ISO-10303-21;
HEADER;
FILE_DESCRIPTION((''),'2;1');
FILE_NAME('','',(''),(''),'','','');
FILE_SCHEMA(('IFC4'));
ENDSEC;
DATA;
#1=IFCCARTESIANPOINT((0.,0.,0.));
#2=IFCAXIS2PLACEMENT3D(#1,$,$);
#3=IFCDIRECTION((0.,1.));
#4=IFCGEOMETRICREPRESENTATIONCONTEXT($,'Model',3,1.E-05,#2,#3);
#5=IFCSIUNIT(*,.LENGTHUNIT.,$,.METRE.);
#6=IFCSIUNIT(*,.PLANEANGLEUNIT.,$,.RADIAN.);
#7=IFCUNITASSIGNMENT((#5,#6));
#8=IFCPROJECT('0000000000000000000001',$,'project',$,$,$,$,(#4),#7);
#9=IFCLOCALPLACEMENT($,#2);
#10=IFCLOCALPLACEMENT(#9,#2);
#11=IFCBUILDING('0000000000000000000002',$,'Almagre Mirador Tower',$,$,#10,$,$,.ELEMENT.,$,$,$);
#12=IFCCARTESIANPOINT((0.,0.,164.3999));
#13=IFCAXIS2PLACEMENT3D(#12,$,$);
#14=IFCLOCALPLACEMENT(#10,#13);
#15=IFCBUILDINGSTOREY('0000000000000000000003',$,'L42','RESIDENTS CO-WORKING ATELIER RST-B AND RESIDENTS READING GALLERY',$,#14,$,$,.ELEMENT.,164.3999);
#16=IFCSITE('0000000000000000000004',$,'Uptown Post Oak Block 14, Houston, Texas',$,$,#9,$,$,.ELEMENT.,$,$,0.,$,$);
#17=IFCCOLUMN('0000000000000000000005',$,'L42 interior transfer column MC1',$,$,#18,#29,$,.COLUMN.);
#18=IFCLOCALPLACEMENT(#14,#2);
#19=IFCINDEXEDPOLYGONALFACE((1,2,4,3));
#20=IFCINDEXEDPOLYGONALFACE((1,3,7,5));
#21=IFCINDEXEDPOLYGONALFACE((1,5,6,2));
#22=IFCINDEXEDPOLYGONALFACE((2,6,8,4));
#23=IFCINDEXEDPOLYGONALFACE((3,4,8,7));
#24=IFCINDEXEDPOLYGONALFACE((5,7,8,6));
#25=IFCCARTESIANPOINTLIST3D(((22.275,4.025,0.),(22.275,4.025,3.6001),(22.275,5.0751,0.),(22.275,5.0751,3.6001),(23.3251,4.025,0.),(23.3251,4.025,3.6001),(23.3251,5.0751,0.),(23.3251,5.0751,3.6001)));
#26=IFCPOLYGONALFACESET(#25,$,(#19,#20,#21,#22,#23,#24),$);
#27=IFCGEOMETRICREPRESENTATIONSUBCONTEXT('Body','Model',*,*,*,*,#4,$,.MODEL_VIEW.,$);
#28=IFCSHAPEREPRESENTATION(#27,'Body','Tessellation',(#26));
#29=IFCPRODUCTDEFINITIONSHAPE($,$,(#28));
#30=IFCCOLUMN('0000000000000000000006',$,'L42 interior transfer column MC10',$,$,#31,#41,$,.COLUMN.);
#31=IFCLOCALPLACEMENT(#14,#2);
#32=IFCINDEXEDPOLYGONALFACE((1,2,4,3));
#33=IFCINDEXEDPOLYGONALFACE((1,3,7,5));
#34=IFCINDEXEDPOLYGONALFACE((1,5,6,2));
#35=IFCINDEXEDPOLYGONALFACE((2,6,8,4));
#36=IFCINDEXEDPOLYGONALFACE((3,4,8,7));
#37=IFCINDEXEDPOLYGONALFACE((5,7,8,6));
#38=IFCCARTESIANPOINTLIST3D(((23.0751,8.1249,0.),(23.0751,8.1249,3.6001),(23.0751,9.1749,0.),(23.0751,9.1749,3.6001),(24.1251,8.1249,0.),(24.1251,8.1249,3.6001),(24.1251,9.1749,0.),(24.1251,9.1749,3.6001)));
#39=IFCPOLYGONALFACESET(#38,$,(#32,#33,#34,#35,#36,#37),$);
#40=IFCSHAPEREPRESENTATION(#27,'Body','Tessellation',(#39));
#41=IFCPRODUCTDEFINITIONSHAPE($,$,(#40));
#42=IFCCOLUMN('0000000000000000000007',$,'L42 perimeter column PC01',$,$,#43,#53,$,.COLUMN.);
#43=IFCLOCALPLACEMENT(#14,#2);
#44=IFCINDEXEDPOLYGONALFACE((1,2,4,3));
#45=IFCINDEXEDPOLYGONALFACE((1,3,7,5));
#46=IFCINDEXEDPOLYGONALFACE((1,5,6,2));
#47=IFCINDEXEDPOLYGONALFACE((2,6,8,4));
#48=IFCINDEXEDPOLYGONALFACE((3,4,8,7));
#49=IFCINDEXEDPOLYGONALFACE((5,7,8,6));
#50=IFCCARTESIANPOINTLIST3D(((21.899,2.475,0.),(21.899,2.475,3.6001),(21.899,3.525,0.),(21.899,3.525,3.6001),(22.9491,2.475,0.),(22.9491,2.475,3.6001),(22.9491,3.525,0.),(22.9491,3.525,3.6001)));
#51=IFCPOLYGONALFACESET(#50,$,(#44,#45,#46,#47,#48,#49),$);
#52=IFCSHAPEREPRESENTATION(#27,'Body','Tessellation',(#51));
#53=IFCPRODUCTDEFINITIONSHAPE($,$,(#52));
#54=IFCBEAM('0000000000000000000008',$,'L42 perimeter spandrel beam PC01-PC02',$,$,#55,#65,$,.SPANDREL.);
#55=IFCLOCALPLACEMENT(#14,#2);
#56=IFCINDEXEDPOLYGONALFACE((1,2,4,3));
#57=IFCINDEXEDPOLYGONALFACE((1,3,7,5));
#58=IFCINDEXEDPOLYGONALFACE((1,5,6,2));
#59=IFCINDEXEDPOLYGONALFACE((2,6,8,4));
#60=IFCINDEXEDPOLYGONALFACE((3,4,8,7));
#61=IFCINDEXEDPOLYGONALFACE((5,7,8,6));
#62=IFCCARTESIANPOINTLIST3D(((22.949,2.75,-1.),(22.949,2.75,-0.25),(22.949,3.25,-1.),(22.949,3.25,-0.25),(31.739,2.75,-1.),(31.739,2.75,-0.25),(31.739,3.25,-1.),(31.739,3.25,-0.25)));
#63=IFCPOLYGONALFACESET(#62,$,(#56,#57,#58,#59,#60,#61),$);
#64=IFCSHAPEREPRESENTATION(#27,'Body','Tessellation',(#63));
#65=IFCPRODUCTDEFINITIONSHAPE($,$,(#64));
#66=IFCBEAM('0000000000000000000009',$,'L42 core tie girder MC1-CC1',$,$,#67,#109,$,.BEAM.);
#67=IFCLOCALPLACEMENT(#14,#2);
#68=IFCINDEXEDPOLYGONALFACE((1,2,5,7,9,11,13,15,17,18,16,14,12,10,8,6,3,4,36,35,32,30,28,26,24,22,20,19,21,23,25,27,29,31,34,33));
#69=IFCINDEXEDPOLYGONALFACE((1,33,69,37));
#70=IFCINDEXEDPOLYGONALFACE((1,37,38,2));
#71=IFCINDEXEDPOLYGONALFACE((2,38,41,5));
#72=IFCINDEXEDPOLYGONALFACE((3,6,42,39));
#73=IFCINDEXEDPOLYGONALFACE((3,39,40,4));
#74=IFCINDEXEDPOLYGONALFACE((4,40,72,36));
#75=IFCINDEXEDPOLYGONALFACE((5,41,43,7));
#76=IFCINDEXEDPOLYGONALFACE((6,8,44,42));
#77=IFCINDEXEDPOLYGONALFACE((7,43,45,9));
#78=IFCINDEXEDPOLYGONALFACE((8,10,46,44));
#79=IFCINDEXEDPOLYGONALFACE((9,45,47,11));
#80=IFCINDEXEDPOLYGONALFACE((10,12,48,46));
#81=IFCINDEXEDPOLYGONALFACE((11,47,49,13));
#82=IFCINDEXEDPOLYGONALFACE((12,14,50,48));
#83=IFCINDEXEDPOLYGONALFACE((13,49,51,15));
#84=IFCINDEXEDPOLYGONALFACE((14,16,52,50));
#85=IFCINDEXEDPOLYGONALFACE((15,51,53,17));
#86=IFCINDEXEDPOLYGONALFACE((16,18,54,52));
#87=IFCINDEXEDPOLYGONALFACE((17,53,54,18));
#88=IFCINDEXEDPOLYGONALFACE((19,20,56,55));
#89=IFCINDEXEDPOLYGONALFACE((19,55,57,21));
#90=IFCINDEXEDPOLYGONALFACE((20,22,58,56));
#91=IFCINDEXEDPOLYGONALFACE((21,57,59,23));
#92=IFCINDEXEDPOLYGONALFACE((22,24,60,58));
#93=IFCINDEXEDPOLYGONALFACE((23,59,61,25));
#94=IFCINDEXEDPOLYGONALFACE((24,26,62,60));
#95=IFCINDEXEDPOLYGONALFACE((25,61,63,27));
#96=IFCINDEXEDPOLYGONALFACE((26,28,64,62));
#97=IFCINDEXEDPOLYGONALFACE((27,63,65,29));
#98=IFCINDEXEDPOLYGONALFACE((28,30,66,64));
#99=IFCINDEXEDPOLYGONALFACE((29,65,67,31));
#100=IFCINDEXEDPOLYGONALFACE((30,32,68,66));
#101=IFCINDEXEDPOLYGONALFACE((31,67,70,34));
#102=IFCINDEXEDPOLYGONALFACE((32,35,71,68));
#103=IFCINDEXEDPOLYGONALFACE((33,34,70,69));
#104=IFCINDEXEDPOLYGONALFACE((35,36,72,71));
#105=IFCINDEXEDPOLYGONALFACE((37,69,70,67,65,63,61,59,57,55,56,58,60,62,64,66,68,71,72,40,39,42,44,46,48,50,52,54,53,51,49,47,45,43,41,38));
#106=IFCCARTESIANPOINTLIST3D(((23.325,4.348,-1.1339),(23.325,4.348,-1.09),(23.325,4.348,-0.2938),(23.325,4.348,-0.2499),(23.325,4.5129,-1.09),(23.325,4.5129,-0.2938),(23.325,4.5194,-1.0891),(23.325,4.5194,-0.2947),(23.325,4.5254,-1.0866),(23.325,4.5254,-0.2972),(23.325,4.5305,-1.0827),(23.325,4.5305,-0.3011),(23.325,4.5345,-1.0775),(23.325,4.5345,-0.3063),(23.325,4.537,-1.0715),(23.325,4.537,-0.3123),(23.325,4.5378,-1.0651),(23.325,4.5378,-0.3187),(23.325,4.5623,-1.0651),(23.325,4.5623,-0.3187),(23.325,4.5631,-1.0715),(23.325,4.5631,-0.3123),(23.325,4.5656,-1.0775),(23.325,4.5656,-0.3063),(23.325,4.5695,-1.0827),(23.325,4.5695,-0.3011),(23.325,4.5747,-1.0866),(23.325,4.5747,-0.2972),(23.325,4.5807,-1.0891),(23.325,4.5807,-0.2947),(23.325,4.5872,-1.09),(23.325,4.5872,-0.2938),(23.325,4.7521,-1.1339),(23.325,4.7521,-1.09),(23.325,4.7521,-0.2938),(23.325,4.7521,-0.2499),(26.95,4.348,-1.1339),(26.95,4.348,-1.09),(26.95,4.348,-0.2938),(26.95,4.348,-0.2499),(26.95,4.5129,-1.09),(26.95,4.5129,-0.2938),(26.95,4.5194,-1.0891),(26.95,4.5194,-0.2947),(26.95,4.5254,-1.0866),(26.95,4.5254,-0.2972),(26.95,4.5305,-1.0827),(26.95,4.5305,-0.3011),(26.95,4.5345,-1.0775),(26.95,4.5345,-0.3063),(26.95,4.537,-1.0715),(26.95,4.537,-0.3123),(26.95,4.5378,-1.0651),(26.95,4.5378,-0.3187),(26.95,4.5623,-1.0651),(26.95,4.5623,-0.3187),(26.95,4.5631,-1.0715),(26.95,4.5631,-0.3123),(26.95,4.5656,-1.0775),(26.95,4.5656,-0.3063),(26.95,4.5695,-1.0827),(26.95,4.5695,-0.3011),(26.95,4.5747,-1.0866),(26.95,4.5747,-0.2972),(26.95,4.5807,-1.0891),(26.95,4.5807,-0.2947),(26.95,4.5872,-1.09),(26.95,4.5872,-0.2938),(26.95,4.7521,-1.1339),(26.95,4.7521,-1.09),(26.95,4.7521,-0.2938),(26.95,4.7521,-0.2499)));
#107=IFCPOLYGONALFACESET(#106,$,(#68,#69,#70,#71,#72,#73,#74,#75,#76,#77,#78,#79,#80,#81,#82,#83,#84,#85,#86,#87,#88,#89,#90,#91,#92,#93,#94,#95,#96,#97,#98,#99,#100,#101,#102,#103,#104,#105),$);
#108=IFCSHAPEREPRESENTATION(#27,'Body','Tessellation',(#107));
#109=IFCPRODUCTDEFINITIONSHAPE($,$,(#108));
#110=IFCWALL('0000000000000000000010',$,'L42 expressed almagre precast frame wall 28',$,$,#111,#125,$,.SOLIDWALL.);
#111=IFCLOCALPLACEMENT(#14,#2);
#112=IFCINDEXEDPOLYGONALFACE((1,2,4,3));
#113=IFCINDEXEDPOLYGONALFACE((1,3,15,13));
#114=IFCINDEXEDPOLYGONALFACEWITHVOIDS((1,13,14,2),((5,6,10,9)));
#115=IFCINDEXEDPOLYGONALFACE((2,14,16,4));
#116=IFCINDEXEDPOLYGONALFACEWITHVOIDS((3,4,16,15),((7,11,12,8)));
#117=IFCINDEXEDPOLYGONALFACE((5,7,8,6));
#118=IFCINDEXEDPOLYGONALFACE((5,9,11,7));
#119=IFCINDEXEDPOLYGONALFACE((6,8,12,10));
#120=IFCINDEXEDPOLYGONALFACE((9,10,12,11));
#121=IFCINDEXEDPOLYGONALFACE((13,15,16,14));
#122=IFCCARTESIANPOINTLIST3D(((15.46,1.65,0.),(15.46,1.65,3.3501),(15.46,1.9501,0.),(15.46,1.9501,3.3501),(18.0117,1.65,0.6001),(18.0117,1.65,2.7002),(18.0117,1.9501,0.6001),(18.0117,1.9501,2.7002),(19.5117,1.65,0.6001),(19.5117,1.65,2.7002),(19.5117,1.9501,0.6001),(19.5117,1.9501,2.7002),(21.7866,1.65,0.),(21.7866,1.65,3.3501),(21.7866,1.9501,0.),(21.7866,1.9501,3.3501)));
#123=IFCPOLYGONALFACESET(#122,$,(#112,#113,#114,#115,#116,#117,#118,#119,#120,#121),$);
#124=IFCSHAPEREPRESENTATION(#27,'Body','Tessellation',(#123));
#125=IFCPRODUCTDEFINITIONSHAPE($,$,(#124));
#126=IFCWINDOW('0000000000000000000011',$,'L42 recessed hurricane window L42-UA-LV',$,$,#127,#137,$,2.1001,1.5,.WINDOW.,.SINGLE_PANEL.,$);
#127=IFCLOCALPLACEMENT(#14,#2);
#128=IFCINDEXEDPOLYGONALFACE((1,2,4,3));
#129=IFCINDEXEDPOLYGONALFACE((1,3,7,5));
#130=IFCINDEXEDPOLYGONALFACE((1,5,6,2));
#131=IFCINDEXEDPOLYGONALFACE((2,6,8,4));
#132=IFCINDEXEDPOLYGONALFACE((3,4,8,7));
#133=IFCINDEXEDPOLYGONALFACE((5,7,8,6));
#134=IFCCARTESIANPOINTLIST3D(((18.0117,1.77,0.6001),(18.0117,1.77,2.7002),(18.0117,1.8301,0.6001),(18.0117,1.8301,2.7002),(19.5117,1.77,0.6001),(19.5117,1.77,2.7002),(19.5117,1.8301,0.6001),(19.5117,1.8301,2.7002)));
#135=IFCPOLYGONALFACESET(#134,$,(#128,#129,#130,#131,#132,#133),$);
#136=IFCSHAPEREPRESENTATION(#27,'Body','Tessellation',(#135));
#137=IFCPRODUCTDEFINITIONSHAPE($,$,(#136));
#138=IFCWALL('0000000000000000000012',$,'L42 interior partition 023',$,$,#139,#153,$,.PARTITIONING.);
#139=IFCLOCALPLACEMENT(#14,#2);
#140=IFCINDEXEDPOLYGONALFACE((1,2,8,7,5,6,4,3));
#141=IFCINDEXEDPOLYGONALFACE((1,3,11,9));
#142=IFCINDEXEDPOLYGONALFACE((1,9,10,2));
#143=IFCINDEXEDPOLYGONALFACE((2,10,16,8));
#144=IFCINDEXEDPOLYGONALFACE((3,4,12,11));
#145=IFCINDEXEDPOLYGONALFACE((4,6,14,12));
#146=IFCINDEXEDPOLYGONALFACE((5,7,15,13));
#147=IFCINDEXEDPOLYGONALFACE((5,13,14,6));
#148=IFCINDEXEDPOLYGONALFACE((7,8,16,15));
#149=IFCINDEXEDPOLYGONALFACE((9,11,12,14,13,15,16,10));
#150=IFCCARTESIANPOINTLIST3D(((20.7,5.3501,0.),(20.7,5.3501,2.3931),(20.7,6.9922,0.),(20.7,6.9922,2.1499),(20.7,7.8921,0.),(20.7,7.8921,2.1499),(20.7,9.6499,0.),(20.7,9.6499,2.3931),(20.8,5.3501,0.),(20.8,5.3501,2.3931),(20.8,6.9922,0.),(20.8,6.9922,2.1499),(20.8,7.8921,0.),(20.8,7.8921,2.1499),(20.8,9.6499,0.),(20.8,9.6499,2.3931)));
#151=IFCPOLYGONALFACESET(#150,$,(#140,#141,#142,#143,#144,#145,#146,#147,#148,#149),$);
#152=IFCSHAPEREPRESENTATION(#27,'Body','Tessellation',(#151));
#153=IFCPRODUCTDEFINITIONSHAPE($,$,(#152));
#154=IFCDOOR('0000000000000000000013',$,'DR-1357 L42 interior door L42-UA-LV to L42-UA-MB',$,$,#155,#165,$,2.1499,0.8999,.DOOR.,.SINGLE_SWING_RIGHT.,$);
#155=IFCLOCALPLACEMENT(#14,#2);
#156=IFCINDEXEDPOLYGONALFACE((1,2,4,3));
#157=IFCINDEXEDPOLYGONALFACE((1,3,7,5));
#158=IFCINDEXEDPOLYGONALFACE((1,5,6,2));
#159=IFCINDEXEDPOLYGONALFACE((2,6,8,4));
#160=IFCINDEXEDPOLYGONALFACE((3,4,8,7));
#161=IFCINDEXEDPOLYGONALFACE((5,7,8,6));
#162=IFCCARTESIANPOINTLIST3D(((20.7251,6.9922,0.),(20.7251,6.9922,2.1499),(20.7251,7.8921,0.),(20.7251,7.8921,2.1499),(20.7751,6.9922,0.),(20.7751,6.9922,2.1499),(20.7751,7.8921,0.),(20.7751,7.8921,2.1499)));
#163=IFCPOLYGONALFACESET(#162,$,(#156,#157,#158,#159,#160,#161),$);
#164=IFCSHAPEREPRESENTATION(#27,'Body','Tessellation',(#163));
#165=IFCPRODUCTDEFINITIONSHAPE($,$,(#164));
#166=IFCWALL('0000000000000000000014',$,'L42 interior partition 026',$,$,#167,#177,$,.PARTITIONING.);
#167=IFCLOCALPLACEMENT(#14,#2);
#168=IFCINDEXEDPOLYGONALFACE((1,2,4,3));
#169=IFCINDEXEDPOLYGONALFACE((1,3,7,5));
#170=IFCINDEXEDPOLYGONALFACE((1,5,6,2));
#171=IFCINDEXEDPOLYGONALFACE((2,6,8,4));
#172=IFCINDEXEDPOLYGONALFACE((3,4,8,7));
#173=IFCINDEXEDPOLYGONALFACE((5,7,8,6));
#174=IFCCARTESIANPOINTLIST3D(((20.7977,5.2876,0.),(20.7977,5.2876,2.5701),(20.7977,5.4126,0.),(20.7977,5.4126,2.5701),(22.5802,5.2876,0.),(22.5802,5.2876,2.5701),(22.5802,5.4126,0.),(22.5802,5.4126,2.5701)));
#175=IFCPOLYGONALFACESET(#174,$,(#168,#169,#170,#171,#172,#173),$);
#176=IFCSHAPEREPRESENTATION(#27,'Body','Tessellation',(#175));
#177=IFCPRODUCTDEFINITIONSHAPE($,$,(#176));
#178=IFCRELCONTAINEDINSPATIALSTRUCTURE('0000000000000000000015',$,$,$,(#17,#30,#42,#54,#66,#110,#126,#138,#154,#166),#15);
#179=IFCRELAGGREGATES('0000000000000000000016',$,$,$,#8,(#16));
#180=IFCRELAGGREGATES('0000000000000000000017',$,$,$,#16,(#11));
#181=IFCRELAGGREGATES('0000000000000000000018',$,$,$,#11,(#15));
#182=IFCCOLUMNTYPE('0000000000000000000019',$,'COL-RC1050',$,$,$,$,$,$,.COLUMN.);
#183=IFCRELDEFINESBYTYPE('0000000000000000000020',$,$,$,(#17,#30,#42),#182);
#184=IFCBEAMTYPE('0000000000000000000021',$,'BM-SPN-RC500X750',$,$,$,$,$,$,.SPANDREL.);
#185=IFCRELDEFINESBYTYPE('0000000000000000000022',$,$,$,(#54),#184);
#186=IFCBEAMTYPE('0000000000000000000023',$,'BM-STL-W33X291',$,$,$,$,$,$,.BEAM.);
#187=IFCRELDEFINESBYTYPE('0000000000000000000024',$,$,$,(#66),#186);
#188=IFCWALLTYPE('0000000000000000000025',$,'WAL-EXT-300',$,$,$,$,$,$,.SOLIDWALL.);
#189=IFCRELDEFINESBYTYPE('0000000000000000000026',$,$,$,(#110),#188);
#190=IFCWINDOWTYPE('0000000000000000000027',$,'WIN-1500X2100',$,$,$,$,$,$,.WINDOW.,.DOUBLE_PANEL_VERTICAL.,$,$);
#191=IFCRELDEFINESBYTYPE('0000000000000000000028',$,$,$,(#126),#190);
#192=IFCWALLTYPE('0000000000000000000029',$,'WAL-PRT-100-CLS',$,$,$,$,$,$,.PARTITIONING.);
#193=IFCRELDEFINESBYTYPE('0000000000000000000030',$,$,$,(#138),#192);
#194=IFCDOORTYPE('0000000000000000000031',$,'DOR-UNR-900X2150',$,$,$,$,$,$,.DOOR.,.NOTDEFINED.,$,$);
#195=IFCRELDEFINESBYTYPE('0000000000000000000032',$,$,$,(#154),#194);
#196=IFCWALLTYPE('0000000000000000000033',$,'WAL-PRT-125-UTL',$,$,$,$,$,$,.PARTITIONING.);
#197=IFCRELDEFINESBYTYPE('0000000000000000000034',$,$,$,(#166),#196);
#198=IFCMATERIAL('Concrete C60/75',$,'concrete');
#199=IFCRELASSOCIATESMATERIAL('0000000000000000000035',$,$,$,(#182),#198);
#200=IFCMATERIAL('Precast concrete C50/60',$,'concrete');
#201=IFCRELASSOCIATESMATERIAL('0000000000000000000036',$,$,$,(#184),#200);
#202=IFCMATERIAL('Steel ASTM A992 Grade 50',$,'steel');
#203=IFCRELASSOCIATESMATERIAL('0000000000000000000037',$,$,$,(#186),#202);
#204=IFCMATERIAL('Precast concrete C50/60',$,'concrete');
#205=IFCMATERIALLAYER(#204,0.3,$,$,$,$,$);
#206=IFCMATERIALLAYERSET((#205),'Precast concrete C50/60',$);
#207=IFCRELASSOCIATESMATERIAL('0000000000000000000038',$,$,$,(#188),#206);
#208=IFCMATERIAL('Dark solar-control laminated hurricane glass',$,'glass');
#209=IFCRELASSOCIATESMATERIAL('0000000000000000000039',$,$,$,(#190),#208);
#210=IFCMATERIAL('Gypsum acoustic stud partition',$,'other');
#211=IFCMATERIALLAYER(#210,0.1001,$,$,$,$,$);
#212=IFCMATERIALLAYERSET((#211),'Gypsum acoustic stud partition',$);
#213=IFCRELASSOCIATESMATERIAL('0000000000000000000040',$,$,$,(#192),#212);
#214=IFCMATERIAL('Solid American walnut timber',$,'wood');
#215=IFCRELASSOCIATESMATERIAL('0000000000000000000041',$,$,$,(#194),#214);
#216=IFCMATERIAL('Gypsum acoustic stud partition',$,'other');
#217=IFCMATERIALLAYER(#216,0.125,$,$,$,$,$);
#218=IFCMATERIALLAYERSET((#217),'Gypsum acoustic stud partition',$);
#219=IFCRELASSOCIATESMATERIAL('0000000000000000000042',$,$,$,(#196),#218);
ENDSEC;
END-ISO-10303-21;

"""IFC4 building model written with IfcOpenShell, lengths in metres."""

from ifc_helpers import new_model, si_unit, direction, frame, frame_2d, origin, origin_2d, place, context, subcontext, project, spatial, rectangle, i_section, extrude, material, layer, layer_set, material_profile, profile_set, type_object, element, fill, save


model = new_model("IFC4")

# Units and contexts
model_context = context("Model", 3, precision=1e-05, world=origin(), true_north=direction((0.0, 1.0)))
body_context = subcontext(model_context, "Body", "Model", "MODEL_VIEW")
ifc_project = project(units=[si_unit("LENGTHUNIT", "METRE"), si_unit("PLANEANGLEUNIT", "RADIAN")], contexts=[model_context])

# Site, building, storey
site_placement = place(None, origin())
site = spatial("IfcSite", under=ifc_project, at=site_placement, Name="Uptown Post Oak Block 14, Houston, Texas", CompositionType="ELEMENT", RefElevation=0.0)
building_placement = place(site_placement, origin())
building = spatial("IfcBuilding", under=site, at=building_placement, Name="Almagre Mirador Tower", CompositionType="ELEMENT")
storey_placement = place(building_placement, frame((0.0, 0.0, 164.3999)))
storey = spatial("IfcBuildingStorey", under=building, at=storey_placement, Name="L42", Description="RESIDENTS CO-WORKING ATELIER RST-B AND RESIDENTS READING GALLERY", CompositionType="ELEMENT", Elevation=164.3999)

# Columns
ifc_material_1 = material(Name="Concrete C60/75", Category="concrete")
ifc_material_profile_1 = material_profile(ifc_material_1, rectangle(XDim=1.05, YDim=1.05, at=origin_2d()), Name="RC1050X1050")
ifc_profile_set_1 = profile_set([ifc_material_profile_1], Name="Concrete C60/75")
column_type = type_object("IfcColumnType", Name="COL-RC1050", PredefinedType="COLUMN", material=ifc_profile_set_1)
for number, where, z_axis, x_axis, name in (
    (1, (22.8, 4.55, 0.0), (0.0, 0.0, 1.0), (1.0, 0.0, 0.0), "L42 interior transfer column MC1"),
    (2, (23.6001, 8.6499, 0.0), (0.0, 0.0, 1.0), (1.0, 0.0, 0.0), "L42 interior transfer column MC10"),
    (3, (22.4241, 3.0, 0.0), (0.0, 0.0, 1.0), (1.0, 0.0, 0.0), "L42 perimeter column PC01"),
):
    element("IfcColumn", number, at=place(storey_placement, frame(where, z_axis=z_axis, x_axis=x_axis)), inside=storey, type_object=column_type, Name=name, PredefinedType="COLUMN", context=body_context, shape_type="SweptSolid", body=[
        extrude(rectangle(XDim=1.05, YDim=1.05, at=origin_2d()), origin(), (0.0, 0.0, 1.0), 3.6001),
    ])

# Beams
ifc_material_2 = material(Name="Precast concrete C50/60", Category="concrete")
ifc_material_profile_2 = material_profile(ifc_material_2, rectangle(XDim=0.5, YDim=0.75, at=origin_2d()), Name="RC500X750")
ifc_profile_set_2 = profile_set([ifc_material_profile_2], Name="Precast concrete C50/60")
beam_type_1 = type_object("IfcBeamType", Name="BM-SPN-RC500X750", PredefinedType="SPANDREL", material=ifc_profile_set_2)
beam_1_placement = place(storey_placement, frame((22.949, 3.0, -0.625), z_axis=(1.0, 0.0, 0.0), x_axis=(0.0, 1.0, 0.0)))
element("IfcBeam", 4, at=beam_1_placement, inside=storey, type_object=beam_type_1, Name="L42 perimeter spandrel beam PC01-PC02", PredefinedType="SPANDREL", context=body_context, shape_type="SweptSolid", body=[
    extrude(rectangle(XDim=0.5, YDim=0.75, at=origin_2d()), origin(), (0.0, 0.0, 1.0), 8.79),
])
ifc_material_3 = material(Name="Steel ASTM A992 Grade 50", Category="steel")
ifc_material_profile_3 = material_profile(ifc_material_3, i_section(OverallWidth=0.4041, OverallDepth=0.884, WebThickness=0.0244, FlangeThickness=0.0439, FilletRadius=0.0249, at=origin_2d()), Name="W33X291")
ifc_profile_set_3 = profile_set([ifc_material_profile_3], Name="Steel ASTM A992 Grade 50")
beam_type_2 = type_object("IfcBeamType", Name="BM-STL-W33X291", PredefinedType="BEAM", material=ifc_profile_set_3)
beam_2_placement = place(storey_placement, frame((23.325, 4.55, -0.6919), z_axis=(1.0, 0.0, 0.0), x_axis=(0.0, 1.0, 0.0)))
element("IfcBeam", 5, at=beam_2_placement, inside=storey, type_object=beam_type_2, Name="L42 core tie girder MC1-CC1", PredefinedType="BEAM", context=body_context, shape_type="SweptSolid", body=[
    extrude(i_section(OverallWidth=0.4041, OverallDepth=0.884, WebThickness=0.0244, FlangeThickness=0.0439, FilletRadius=0.0249, at=origin_2d()), origin(), (0.0, 0.0, 1.0), 3.625),
])

# Wall, opening, window
ifc_material_4 = material(Name="Precast concrete C50/60", Category="concrete")
ifc_layer_1 = layer(ifc_material_4, 0.3)
ifc_layer_set_1 = layer_set([ifc_layer_1], Name="Precast concrete C50/60")
wall_type_1 = type_object("IfcWallType", Name="WAL-EXT-300", PredefinedType="SOLIDWALL", material=ifc_layer_set_1)
wall_1_placement = place(storey_placement, frame((21.7866, 1.8, 0.0), z_axis=(0.0, 0.0, 1.0), x_axis=(-1.0, 0.0, 0.0)))
wall_1 = element("IfcWall", 6, at=wall_1_placement, inside=storey, type_object=wall_type_1, Name="L42 expressed almagre precast frame wall 28", PredefinedType="SOLIDWALL", context=body_context, shape_type="SweptSolid", body=[
    extrude(rectangle(XDim=6.3267, YDim=0.3, at=frame_2d((3.1633, 0.0))), origin(), (0.0, 0.0, 1.0), 3.3501),
])
opening_1_placement = place(wall_1_placement, frame((2.2749, 0.0, 0.6001)))
opening_1 = element("IfcOpeningElement", 7, at=opening_1_placement, cuts=wall_1, PredefinedType="OPENING", context=body_context, shape_type="SweptSolid", body=[
    extrude(rectangle(XDim=1.5, YDim=2.1001, at=frame_2d((0.75, 1.05))), frame((0.0, 0.1599, 0.0), z_axis=(0.0, -1.0, 0.0), x_axis=(1.0, 0.0, 0.0)), (0.0, 0.0, 1.0), 0.32),
])
ifc_material_5 = material(Name="Dark solar-control laminated hurricane glass", Category="glass")
window_type = type_object("IfcWindowType", Name="WIN-1500X2100", PartitioningType="DOUBLE_PANEL_VERTICAL", PredefinedType="WINDOW", material=ifc_material_5)
window_placement = place(opening_1_placement, origin())
window = element("IfcWindow", 8, at=window_placement, inside=storey, type_object=window_type, Name="L42 recessed hurricane window L42-UA-LV", OverallHeight=2.1001, OverallWidth=1.5, PartitioningType="SINGLE_PANEL", PredefinedType="WINDOW", context=body_context, shape_type="SweptSolid", body=[
    extrude(rectangle(XDim=1.5, YDim=2.1001, at=frame_2d((0.75, 1.05))), frame((0.0, 0.03, 0.0), z_axis=(0.0, -1.0, 0.0), x_axis=(1.0, 0.0, 0.0)), (0.0, 0.0, 1.0), 0.0601),
])
fill(opening_1, window)

# Wall, opening, door
ifc_material_6 = material(Name="Gypsum acoustic stud partition", Category="other")
ifc_layer_2 = layer(ifc_material_6, 0.1001)
ifc_layer_set_2 = layer_set([ifc_layer_2], Name="Gypsum acoustic stud partition")
wall_type_2 = type_object("IfcWallType", Name="WAL-PRT-100-CLS", PredefinedType="PARTITIONING", material=ifc_layer_set_2)
wall_2_placement = place(storey_placement, frame((20.75, 5.3501, 0.0), z_axis=(0.0, 0.0, 1.0), x_axis=(0.0, 1.0, 0.0)))
wall_2 = element("IfcWall", 9, at=wall_2_placement, inside=storey, type_object=wall_type_2, Name="L42 interior partition 023", PredefinedType="PARTITIONING", context=body_context, shape_type="SweptSolid", body=[
    extrude(rectangle(XDim=4.2998, YDim=0.1001, at=frame_2d((2.1499, 0.0))), origin(), (0.0, 0.0, 1.0), 2.3931),
])
opening_2_placement = place(wall_2_placement, frame((1.6421, 0.0, 0.0)))
opening_2 = element("IfcOpeningElement", 10, at=opening_2_placement, cuts=wall_2, PredefinedType="OPENING", context=body_context, shape_type="SweptSolid", body=[
    extrude(rectangle(XDim=0.8999, YDim=2.1499, at=frame_2d((0.45, 1.075))), frame((0.0, 0.06, 0.0), z_axis=(0.0, -1.0, 0.0), x_axis=(1.0, 0.0, 0.0)), (0.0, 0.0, 1.0), 0.1201),
])
ifc_material_7 = material(Name="Solid American walnut timber", Category="wood")
door_type_1 = type_object("IfcDoorType", Name="DOR-UNR-900X2150", OperationType="NOTDEFINED", PredefinedType="DOOR", material=ifc_material_7)
door_1_placement = place(opening_2_placement, origin())
door_1 = element("IfcDoor", 11, at=door_1_placement, inside=storey, type_object=door_type_1, Name="DR-1357 L42 interior door L42-UA-LV to L42-UA-MB", OperationType="SINGLE_SWING_RIGHT", OverallHeight=2.1499, OverallWidth=0.8999, PredefinedType="DOOR", context=body_context, shape_type="SweptSolid", body=[
    extrude(rectangle(XDim=0.8999, YDim=2.1499, at=frame_2d((0.45, 1.075))), frame((0.0, 0.0249, 0.0), z_axis=(0.0, -1.0, 0.0), x_axis=(1.0, 0.0, 0.0)), (0.0, 0.0, 1.0), 0.05),
])
fill(opening_2, door_1)

# Wall
ifc_material_8 = material(Name="Gypsum acoustic stud partition", Category="other")
ifc_layer_3 = layer(ifc_material_8, 0.125)
ifc_layer_set_3 = layer_set([ifc_layer_3], Name="Gypsum acoustic stud partition")
wall_type_3 = type_object("IfcWallType", Name="WAL-PRT-125-UTL", PredefinedType="PARTITIONING", material=ifc_layer_set_3)
wall_3_placement = place(storey_placement, frame((22.5801, 5.3501, 0.0), z_axis=(0.0, 0.0, 1.0), x_axis=(-1.0, 0.0, 0.0)))
element("IfcWall", 12, at=wall_3_placement, inside=storey, type_object=wall_type_3, Name="L42 interior partition 026", PredefinedType="PARTITIONING", context=body_context, shape_type="SweptSolid", body=[
    extrude(rectangle(XDim=1.7825, YDim=0.125, at=frame_2d((0.8911, 0.0))), origin(), (0.0, 0.0, 1.0), 2.5701),
])

save(model, "model.ifc")
